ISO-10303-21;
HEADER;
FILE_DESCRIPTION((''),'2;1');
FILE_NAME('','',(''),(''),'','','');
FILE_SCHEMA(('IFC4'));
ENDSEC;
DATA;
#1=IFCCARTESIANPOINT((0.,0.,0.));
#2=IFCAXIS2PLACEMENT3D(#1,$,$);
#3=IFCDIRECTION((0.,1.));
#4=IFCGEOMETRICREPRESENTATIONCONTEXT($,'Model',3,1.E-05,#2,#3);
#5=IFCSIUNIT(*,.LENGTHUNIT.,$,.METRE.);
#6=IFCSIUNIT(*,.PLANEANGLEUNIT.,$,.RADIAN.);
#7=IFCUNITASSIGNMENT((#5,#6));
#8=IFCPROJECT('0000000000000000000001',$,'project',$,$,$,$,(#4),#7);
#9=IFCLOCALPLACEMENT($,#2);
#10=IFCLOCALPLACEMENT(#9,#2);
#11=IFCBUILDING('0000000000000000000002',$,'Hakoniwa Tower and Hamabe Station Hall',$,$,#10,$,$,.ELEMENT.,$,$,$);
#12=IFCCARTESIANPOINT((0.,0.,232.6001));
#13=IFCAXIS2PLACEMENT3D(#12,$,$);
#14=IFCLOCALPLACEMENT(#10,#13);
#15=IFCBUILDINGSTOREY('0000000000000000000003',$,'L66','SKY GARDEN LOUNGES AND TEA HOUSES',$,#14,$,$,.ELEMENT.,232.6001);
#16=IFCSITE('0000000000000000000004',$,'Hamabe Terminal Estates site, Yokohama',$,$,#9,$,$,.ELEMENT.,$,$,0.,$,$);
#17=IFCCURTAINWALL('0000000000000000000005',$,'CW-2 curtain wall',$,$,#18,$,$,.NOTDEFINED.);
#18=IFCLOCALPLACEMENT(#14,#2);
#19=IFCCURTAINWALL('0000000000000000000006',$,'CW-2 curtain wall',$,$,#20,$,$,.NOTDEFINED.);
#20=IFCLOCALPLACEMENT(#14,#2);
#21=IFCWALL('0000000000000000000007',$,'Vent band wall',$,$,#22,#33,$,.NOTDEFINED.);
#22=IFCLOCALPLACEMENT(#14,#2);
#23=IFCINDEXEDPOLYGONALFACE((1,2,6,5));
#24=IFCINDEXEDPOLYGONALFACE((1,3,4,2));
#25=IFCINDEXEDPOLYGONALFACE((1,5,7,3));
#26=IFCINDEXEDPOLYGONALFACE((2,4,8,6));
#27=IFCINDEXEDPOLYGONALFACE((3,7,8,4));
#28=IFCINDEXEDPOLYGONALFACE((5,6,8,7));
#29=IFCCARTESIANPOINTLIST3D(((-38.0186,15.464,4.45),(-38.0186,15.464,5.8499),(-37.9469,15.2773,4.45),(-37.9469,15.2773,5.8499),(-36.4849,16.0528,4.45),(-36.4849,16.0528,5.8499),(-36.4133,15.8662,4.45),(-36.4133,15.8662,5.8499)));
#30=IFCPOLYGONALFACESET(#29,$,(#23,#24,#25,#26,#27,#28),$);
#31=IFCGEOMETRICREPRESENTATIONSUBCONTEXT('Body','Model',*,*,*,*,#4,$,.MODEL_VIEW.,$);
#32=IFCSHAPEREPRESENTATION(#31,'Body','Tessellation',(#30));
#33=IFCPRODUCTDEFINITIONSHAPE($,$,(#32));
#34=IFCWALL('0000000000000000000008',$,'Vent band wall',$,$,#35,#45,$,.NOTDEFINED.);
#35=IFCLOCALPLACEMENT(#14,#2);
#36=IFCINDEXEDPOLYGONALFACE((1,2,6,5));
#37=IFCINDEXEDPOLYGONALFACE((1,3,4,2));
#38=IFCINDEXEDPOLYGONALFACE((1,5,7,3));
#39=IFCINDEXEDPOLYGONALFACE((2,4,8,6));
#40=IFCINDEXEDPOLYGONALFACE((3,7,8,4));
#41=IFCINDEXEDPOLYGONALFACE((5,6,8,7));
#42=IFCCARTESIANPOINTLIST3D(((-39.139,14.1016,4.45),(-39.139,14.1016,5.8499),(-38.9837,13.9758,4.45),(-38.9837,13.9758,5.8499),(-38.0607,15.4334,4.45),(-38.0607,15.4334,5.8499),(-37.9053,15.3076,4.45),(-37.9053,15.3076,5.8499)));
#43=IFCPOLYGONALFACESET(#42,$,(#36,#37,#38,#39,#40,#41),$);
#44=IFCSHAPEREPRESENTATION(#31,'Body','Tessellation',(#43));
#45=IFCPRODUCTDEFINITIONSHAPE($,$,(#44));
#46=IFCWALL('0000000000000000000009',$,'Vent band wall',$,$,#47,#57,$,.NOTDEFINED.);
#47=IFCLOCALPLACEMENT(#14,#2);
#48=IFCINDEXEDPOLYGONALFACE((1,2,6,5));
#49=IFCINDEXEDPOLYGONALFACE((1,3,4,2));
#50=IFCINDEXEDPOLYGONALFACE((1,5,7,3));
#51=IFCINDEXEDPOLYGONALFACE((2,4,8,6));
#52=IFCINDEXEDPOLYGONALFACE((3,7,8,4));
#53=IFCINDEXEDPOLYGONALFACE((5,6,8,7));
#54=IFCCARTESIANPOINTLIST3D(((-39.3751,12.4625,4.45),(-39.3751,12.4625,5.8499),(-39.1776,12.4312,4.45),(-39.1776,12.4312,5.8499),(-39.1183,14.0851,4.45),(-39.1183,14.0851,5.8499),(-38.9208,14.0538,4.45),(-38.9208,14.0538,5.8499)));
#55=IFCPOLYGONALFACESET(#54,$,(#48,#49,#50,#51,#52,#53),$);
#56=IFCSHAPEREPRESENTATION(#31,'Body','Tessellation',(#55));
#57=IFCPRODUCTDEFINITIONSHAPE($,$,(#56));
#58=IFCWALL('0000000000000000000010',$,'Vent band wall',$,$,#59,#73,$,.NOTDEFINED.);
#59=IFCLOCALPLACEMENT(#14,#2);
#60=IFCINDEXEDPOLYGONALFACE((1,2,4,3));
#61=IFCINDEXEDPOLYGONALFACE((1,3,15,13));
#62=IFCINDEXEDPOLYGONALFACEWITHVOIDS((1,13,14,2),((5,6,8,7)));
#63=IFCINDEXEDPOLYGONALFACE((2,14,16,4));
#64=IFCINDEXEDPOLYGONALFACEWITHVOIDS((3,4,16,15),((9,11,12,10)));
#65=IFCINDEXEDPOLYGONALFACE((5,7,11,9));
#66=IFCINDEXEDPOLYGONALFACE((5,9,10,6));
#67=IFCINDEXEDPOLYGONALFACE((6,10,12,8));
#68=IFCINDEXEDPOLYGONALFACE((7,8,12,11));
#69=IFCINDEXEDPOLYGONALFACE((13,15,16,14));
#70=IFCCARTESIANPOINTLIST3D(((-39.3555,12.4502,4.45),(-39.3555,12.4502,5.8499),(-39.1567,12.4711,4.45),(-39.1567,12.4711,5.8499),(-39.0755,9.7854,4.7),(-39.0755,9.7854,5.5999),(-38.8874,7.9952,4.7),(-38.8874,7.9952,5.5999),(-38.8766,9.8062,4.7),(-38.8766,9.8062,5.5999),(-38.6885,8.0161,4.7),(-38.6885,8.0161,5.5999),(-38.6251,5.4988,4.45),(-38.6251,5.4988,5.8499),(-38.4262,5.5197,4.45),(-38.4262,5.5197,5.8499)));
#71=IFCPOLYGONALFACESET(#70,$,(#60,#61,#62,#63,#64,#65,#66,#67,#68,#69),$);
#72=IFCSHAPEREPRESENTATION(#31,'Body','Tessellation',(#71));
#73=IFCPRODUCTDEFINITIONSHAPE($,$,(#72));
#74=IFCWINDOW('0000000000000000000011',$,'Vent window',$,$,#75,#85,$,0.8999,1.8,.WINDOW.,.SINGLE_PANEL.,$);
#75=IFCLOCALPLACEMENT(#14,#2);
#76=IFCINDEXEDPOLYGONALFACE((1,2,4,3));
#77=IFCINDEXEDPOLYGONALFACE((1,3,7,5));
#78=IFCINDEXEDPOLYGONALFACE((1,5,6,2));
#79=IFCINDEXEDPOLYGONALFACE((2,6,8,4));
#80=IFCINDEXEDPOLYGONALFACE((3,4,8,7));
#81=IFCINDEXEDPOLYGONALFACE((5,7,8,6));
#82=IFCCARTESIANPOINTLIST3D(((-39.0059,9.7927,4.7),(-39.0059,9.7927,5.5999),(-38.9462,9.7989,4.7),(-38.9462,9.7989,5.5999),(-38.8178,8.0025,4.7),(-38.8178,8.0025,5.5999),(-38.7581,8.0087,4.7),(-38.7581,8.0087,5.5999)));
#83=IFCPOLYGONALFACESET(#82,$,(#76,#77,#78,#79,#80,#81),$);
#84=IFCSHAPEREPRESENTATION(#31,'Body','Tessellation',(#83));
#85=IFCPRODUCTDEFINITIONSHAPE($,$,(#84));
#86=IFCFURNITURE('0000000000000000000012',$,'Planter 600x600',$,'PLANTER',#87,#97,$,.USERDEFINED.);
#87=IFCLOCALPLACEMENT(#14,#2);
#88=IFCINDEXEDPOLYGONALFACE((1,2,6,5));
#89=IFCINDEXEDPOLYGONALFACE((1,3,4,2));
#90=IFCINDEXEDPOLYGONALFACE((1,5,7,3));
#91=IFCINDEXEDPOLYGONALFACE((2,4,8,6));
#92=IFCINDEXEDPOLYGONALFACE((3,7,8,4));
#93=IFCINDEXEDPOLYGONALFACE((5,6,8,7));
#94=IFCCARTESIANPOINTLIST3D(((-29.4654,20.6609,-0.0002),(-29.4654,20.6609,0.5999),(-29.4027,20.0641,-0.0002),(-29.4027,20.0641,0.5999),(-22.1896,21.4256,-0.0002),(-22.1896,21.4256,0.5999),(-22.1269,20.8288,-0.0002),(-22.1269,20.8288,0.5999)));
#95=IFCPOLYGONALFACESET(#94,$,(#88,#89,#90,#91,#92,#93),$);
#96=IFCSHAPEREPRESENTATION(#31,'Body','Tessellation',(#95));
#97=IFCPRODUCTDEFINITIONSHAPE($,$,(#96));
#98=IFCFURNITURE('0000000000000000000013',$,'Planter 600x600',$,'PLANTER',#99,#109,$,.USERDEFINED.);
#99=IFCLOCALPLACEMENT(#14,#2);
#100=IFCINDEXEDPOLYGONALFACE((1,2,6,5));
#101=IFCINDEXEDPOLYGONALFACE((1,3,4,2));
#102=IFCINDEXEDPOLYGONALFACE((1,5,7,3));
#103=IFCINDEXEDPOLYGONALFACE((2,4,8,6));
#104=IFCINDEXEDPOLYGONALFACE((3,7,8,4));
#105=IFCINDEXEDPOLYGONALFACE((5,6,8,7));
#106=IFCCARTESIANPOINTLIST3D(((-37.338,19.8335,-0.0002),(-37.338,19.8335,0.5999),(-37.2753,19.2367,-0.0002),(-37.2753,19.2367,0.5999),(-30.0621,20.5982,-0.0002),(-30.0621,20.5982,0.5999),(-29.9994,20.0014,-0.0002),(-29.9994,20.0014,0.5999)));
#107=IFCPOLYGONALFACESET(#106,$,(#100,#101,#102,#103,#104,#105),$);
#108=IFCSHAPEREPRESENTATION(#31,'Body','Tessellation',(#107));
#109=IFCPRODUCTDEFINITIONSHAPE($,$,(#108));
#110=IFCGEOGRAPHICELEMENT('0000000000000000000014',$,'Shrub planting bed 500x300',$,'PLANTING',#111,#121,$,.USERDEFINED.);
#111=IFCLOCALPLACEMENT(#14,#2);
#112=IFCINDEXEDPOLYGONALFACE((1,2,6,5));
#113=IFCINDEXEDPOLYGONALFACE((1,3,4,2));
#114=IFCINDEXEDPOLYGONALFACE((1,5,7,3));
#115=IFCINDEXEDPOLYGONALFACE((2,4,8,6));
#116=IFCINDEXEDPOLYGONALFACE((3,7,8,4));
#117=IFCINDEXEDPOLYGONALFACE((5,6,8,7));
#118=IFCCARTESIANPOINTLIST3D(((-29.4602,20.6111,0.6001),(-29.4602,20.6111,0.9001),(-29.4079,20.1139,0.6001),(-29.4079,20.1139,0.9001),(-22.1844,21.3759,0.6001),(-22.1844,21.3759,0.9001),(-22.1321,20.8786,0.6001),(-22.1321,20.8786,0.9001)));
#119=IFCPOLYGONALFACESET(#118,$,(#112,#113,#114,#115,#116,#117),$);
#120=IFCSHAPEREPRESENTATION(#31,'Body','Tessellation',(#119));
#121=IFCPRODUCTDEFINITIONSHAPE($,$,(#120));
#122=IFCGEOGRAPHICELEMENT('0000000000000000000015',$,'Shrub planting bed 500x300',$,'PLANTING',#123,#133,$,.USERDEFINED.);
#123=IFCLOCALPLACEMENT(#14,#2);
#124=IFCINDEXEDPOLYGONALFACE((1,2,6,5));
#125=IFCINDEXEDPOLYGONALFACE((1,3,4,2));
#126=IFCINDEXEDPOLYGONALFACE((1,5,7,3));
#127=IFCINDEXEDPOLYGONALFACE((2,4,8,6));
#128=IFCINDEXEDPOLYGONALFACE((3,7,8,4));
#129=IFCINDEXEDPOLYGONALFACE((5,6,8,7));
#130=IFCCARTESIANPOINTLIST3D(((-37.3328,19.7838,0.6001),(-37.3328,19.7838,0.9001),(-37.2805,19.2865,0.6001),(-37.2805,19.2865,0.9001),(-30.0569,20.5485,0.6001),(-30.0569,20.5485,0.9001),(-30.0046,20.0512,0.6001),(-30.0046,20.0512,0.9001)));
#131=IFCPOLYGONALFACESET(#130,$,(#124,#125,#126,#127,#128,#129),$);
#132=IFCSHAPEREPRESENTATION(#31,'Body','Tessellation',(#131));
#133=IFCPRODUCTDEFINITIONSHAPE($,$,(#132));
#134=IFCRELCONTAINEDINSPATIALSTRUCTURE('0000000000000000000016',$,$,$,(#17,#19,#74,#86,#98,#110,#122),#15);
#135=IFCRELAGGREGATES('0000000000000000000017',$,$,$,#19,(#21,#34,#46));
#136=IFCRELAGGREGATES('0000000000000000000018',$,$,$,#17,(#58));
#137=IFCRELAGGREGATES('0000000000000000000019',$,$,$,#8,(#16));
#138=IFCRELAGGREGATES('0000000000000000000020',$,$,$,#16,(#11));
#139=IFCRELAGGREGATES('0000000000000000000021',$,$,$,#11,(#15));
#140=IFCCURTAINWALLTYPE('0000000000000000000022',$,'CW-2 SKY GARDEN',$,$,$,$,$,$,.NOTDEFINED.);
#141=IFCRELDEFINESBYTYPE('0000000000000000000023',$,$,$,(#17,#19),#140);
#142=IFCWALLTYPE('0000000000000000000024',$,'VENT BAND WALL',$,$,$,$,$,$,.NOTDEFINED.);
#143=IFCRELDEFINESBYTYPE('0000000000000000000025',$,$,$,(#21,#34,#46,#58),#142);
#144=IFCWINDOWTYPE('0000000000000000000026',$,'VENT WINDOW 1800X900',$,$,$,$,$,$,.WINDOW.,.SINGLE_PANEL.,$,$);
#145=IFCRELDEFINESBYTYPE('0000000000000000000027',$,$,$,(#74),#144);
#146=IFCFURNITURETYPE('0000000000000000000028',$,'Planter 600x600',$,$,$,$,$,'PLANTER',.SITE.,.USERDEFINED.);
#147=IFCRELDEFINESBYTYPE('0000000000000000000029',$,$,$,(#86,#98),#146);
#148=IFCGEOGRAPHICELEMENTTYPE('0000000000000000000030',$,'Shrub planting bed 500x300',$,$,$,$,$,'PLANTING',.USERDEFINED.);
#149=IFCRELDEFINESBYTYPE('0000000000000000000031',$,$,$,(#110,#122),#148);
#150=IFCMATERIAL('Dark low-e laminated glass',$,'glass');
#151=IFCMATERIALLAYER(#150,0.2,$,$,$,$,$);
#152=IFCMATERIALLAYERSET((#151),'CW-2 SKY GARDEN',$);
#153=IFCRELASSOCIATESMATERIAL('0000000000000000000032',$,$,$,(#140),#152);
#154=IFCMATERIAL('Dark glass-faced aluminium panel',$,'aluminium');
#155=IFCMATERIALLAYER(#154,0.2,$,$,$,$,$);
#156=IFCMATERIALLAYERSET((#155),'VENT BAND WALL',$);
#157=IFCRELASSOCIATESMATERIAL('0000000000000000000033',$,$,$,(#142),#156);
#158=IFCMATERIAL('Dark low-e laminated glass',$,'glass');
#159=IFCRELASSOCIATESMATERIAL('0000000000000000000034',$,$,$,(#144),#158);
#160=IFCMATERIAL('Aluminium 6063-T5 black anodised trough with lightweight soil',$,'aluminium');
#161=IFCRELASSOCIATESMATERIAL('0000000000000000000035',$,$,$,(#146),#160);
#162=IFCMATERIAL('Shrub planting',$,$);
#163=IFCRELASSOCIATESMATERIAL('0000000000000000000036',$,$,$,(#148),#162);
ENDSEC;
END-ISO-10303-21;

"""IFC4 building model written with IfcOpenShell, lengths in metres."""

from ifc_helpers import new_model, si_unit, direction, frame, frame_2d, origin, origin_2d, place, context, subcontext, project, spatial, rectangle, extrude, material, layer, layer_set, type_object, element, fill, aggregate, save


model = new_model("IFC4")

# Units and contexts
model_context = context("Model", 3, precision=1e-05, world=origin(), true_north=direction((0.0, 1.0)))
body_context = subcontext(model_context, "Body", "Model", "MODEL_VIEW")
ifc_project = project(units=[si_unit("LENGTHUNIT", "METRE"), si_unit("PLANEANGLEUNIT", "RADIAN")], contexts=[model_context])

# Site, building, storey
site_placement = place(None, origin())
site = spatial("IfcSite", under=ifc_project, at=site_placement, Name="Hamabe Terminal Estates site, Yokohama", CompositionType="ELEMENT", RefElevation=0.0)
building_placement = place(site_placement, origin())
building = spatial("IfcBuilding", under=site, at=building_placement, Name="Hakoniwa Tower and Hamabe Station Hall", CompositionType="ELEMENT")
storey_placement = place(building_placement, frame((0.0, 0.0, 232.6001)))
storey = spatial("IfcBuildingStorey", under=building, at=storey_placement, Name="L66", Description="SKY GARDEN LOUNGES AND TEA HOUSES", CompositionType="ELEMENT", Elevation=232.6001)

# Curtain wall
ifc_material_1 = material(Name="Dark low-e laminated glass", Category="glass")
ifc_layer_1 = layer(ifc_material_1, 0.2)
ifc_layer_set_1 = layer_set([ifc_layer_1], Name="CW-2 SKY GARDEN")
curtain_wall_type = type_object("IfcCurtainWallType", Name="CW-2 SKY GARDEN", PredefinedType="NOTDEFINED", material=ifc_layer_set_1)
curtain_wall_1_placement = place(storey_placement, origin())
curtain_wall_1 = element("IfcCurtainWall", 1, at=curtain_wall_1_placement, inside=storey, type_object=curtain_wall_type, Name="CW-2 curtain wall", PredefinedType="NOTDEFINED")

# Shared definitions
ifc_material_2 = material(Name="Dark glass-faced aluminium panel", Category="aluminium")
ifc_layer_2 = layer(ifc_material_2, 0.2)
ifc_layer_set_2 = layer_set([ifc_layer_2], Name="VENT BAND WALL")
wall_type_1 = type_object("IfcWallType", Name="VENT BAND WALL", PredefinedType="NOTDEFINED", material=ifc_layer_set_2)
ifc_material_3 = material(Name="Dark low-e laminated glass", Category="glass")
window_type = type_object("IfcWindowType", Name="VENT WINDOW 1800X900", PartitioningType="SINGLE_PANEL", PredefinedType="WINDOW", material=ifc_material_3)

# Curtain wall, walls
curtain_wall_2_placement = place(storey_placement, origin())
curtain_wall_2 = element("IfcCurtainWall", 2, at=curtain_wall_2_placement, inside=storey, type_object=curtain_wall_type, Name="CW-2 curtain wall", PredefinedType="NOTDEFINED")
wall_1_placement = place(storey_placement, frame((-36.4492, 15.9595, 4.45), z_axis=(0.0, 0.0, 1.0), x_axis=(-0.933552, -0.358441, 0.0)))
wall_1 = element("IfcWall", 3, at=wall_1_placement, type_object=wall_type_1, Name="Vent band wall", PredefinedType="NOTDEFINED", context=body_context, shape_type="SweptSolid", body=[
    extrude(rectangle(XDim=1.6428, YDim=0.2, at=frame_2d((0.8213, 0.0))), origin(), (0.0, 0.0, 1.0), 1.3999),
])
wall_2_placement = place(storey_placement, frame((-37.9829, 15.3706, 4.45), z_axis=(0.0, 0.0, 1.0), x_axis=(-0.629288, -0.777172, 0.0)))
wall_2 = element("IfcWall", 4, at=wall_2_placement, type_object=wall_type_1, Name="Vent band wall", PredefinedType="NOTDEFINED", context=body_context, shape_type="SweptSolid", body=[
    extrude(rectangle(XDim=1.7136, YDim=0.2, at=frame_2d((0.8569, 0.0))), origin(), (0.0, 0.0, 1.0), 1.3999),
])
wall_3_placement = place(storey_placement, frame((-39.0195, 14.0693, 4.45), z_axis=(0.0, 0.0, 1.0), x_axis=(-0.156344, -0.987703, 0.0)))
wall_3 = element("IfcWall", 5, at=wall_3_placement, type_object=wall_type_1, Name="Vent band wall", PredefinedType="NOTDEFINED", context=body_context, shape_type="SweptSolid", body=[
    extrude(rectangle(XDim=1.6428, YDim=0.2, at=frame_2d((0.8213, 0.0))), origin(), (0.0, 0.0, 1.0), 1.3999),
])
aggregate(curtain_wall_2, [wall_1, wall_2, wall_3])

# Wall, opening, window
wall_4_placement = place(storey_placement, frame((-39.2561, 12.4607, 4.45), z_axis=(0.0, 0.0, 1.0), x_axis=(0.104507, -0.994524, 0.0)))
wall_4 = element("IfcWall", 6, at=wall_4_placement, type_object=wall_type_1, Name="Vent band wall", PredefinedType="NOTDEFINED", context=body_context, shape_type="SweptSolid", body=[
    extrude(rectangle(XDim=6.9897, YDim=0.2, at=frame_2d((3.4949, 0.0))), origin(), (0.0, 0.0, 1.0), 1.3999),
])
opening_1_placement = place(wall_4_placement, frame((2.6797, 0.0, 0.25)))
opening_1 = element("IfcOpeningElement", 7, at=opening_1_placement, cuts=wall_4, PredefinedType="OPENING", context=body_context, shape_type="SweptSolid", body=[
    extrude(rectangle(XDim=1.8, YDim=0.8999, at=frame_2d((0.8999, 0.45))), frame((0.0, 0.1099, 0.0), z_axis=(0.0, -1.0, 0.0), x_axis=(1.0, 0.0, 0.0)), (0.0, 0.0, 1.0), 0.22),
])
window_1_placement = place(opening_1_placement, origin())
window_1 = element("IfcWindow", 8, at=window_1_placement, inside=storey, type_object=window_type, Name="Vent window", OverallHeight=0.8999, OverallWidth=1.8, PartitioningType="SINGLE_PANEL", PredefinedType="WINDOW", context=body_context, shape_type="SweptSolid", body=[
    extrude(rectangle(XDim=1.8, YDim=0.8999, at=frame_2d((0.8999, 0.45))), frame((0.0, 0.03, 0.0), z_axis=(0.0, -1.0, 0.0), x_axis=(1.0, 0.0, 0.0)), (0.0, 0.0, 1.0), 0.0601),
])
fill(opening_1, window_1)
aggregate(curtain_wall_1, [wall_4])

# Furniture
ifc_material_4 = material(Name="Aluminium 6063-T5 black anodised trough with lightweight soil", Category="aluminium")
furniture_type = type_object("IfcFurnitureType", Name="Planter 600x600", ElementType="PLANTER", AssemblyPlace="SITE", PredefinedType="USERDEFINED", material=ifc_material_4)
for number, where, z_axis, x_axis, name in (
    (9, (-25.7961, 20.7449, -0.0002), (0.0, 0.0, 1.0), (-0.994522, -0.104528, 0.0), "Planter 600x600"),
    (10, (-33.6687, 19.9175, -0.0002), (0.0, 0.0, 1.0), (-0.994522, -0.104528, 0.0), "Planter 600x600"),
):
    element("IfcFurniture", number, at=place(storey_placement, frame(where, z_axis=z_axis, x_axis=x_axis)), inside=storey, type_object=furniture_type, Name=name, ObjectType="PLANTER", PredefinedType="USERDEFINED", context=body_context, shape_type="SweptSolid", body=[
        extrude(rectangle(XDim=7.3159, YDim=0.6001, at=origin_2d()), origin(), (0.0, 0.0, 1.0), 0.6001),
    ])

# Geographic elements
ifc_material_5 = material(Name="Shrub planting")
geographic_element_type = type_object("IfcGeographicElementType", Name="Shrub planting bed 500x300", ElementType="PLANTING", PredefinedType="USERDEFINED", material=ifc_material_5)
for number, where, z_axis, x_axis, name in (
    (11, (-25.7961, 20.7449, 0.6001), (0.0, 0.0, 1.0), (-0.994522, -0.104528, 0.0), "Shrub planting bed 500x300"),
    (12, (-33.6687, 19.9175, 0.6001), (0.0, 0.0, 1.0), (-0.994522, -0.104528, 0.0), "Shrub planting bed 500x300"),
):
    element("IfcGeographicElement", number, at=place(storey_placement, frame(where, z_axis=z_axis, x_axis=x_axis)), inside=storey, type_object=geographic_element_type, Name=name, ObjectType="PLANTING", PredefinedType="USERDEFINED", context=body_context, shape_type="SweptSolid", body=[
        extrude(rectangle(XDim=7.3159, YDim=0.5, at=origin_2d()), origin(), (0.0, 0.0, 1.0), 0.3),
    ])

save(model, "model.ifc")
